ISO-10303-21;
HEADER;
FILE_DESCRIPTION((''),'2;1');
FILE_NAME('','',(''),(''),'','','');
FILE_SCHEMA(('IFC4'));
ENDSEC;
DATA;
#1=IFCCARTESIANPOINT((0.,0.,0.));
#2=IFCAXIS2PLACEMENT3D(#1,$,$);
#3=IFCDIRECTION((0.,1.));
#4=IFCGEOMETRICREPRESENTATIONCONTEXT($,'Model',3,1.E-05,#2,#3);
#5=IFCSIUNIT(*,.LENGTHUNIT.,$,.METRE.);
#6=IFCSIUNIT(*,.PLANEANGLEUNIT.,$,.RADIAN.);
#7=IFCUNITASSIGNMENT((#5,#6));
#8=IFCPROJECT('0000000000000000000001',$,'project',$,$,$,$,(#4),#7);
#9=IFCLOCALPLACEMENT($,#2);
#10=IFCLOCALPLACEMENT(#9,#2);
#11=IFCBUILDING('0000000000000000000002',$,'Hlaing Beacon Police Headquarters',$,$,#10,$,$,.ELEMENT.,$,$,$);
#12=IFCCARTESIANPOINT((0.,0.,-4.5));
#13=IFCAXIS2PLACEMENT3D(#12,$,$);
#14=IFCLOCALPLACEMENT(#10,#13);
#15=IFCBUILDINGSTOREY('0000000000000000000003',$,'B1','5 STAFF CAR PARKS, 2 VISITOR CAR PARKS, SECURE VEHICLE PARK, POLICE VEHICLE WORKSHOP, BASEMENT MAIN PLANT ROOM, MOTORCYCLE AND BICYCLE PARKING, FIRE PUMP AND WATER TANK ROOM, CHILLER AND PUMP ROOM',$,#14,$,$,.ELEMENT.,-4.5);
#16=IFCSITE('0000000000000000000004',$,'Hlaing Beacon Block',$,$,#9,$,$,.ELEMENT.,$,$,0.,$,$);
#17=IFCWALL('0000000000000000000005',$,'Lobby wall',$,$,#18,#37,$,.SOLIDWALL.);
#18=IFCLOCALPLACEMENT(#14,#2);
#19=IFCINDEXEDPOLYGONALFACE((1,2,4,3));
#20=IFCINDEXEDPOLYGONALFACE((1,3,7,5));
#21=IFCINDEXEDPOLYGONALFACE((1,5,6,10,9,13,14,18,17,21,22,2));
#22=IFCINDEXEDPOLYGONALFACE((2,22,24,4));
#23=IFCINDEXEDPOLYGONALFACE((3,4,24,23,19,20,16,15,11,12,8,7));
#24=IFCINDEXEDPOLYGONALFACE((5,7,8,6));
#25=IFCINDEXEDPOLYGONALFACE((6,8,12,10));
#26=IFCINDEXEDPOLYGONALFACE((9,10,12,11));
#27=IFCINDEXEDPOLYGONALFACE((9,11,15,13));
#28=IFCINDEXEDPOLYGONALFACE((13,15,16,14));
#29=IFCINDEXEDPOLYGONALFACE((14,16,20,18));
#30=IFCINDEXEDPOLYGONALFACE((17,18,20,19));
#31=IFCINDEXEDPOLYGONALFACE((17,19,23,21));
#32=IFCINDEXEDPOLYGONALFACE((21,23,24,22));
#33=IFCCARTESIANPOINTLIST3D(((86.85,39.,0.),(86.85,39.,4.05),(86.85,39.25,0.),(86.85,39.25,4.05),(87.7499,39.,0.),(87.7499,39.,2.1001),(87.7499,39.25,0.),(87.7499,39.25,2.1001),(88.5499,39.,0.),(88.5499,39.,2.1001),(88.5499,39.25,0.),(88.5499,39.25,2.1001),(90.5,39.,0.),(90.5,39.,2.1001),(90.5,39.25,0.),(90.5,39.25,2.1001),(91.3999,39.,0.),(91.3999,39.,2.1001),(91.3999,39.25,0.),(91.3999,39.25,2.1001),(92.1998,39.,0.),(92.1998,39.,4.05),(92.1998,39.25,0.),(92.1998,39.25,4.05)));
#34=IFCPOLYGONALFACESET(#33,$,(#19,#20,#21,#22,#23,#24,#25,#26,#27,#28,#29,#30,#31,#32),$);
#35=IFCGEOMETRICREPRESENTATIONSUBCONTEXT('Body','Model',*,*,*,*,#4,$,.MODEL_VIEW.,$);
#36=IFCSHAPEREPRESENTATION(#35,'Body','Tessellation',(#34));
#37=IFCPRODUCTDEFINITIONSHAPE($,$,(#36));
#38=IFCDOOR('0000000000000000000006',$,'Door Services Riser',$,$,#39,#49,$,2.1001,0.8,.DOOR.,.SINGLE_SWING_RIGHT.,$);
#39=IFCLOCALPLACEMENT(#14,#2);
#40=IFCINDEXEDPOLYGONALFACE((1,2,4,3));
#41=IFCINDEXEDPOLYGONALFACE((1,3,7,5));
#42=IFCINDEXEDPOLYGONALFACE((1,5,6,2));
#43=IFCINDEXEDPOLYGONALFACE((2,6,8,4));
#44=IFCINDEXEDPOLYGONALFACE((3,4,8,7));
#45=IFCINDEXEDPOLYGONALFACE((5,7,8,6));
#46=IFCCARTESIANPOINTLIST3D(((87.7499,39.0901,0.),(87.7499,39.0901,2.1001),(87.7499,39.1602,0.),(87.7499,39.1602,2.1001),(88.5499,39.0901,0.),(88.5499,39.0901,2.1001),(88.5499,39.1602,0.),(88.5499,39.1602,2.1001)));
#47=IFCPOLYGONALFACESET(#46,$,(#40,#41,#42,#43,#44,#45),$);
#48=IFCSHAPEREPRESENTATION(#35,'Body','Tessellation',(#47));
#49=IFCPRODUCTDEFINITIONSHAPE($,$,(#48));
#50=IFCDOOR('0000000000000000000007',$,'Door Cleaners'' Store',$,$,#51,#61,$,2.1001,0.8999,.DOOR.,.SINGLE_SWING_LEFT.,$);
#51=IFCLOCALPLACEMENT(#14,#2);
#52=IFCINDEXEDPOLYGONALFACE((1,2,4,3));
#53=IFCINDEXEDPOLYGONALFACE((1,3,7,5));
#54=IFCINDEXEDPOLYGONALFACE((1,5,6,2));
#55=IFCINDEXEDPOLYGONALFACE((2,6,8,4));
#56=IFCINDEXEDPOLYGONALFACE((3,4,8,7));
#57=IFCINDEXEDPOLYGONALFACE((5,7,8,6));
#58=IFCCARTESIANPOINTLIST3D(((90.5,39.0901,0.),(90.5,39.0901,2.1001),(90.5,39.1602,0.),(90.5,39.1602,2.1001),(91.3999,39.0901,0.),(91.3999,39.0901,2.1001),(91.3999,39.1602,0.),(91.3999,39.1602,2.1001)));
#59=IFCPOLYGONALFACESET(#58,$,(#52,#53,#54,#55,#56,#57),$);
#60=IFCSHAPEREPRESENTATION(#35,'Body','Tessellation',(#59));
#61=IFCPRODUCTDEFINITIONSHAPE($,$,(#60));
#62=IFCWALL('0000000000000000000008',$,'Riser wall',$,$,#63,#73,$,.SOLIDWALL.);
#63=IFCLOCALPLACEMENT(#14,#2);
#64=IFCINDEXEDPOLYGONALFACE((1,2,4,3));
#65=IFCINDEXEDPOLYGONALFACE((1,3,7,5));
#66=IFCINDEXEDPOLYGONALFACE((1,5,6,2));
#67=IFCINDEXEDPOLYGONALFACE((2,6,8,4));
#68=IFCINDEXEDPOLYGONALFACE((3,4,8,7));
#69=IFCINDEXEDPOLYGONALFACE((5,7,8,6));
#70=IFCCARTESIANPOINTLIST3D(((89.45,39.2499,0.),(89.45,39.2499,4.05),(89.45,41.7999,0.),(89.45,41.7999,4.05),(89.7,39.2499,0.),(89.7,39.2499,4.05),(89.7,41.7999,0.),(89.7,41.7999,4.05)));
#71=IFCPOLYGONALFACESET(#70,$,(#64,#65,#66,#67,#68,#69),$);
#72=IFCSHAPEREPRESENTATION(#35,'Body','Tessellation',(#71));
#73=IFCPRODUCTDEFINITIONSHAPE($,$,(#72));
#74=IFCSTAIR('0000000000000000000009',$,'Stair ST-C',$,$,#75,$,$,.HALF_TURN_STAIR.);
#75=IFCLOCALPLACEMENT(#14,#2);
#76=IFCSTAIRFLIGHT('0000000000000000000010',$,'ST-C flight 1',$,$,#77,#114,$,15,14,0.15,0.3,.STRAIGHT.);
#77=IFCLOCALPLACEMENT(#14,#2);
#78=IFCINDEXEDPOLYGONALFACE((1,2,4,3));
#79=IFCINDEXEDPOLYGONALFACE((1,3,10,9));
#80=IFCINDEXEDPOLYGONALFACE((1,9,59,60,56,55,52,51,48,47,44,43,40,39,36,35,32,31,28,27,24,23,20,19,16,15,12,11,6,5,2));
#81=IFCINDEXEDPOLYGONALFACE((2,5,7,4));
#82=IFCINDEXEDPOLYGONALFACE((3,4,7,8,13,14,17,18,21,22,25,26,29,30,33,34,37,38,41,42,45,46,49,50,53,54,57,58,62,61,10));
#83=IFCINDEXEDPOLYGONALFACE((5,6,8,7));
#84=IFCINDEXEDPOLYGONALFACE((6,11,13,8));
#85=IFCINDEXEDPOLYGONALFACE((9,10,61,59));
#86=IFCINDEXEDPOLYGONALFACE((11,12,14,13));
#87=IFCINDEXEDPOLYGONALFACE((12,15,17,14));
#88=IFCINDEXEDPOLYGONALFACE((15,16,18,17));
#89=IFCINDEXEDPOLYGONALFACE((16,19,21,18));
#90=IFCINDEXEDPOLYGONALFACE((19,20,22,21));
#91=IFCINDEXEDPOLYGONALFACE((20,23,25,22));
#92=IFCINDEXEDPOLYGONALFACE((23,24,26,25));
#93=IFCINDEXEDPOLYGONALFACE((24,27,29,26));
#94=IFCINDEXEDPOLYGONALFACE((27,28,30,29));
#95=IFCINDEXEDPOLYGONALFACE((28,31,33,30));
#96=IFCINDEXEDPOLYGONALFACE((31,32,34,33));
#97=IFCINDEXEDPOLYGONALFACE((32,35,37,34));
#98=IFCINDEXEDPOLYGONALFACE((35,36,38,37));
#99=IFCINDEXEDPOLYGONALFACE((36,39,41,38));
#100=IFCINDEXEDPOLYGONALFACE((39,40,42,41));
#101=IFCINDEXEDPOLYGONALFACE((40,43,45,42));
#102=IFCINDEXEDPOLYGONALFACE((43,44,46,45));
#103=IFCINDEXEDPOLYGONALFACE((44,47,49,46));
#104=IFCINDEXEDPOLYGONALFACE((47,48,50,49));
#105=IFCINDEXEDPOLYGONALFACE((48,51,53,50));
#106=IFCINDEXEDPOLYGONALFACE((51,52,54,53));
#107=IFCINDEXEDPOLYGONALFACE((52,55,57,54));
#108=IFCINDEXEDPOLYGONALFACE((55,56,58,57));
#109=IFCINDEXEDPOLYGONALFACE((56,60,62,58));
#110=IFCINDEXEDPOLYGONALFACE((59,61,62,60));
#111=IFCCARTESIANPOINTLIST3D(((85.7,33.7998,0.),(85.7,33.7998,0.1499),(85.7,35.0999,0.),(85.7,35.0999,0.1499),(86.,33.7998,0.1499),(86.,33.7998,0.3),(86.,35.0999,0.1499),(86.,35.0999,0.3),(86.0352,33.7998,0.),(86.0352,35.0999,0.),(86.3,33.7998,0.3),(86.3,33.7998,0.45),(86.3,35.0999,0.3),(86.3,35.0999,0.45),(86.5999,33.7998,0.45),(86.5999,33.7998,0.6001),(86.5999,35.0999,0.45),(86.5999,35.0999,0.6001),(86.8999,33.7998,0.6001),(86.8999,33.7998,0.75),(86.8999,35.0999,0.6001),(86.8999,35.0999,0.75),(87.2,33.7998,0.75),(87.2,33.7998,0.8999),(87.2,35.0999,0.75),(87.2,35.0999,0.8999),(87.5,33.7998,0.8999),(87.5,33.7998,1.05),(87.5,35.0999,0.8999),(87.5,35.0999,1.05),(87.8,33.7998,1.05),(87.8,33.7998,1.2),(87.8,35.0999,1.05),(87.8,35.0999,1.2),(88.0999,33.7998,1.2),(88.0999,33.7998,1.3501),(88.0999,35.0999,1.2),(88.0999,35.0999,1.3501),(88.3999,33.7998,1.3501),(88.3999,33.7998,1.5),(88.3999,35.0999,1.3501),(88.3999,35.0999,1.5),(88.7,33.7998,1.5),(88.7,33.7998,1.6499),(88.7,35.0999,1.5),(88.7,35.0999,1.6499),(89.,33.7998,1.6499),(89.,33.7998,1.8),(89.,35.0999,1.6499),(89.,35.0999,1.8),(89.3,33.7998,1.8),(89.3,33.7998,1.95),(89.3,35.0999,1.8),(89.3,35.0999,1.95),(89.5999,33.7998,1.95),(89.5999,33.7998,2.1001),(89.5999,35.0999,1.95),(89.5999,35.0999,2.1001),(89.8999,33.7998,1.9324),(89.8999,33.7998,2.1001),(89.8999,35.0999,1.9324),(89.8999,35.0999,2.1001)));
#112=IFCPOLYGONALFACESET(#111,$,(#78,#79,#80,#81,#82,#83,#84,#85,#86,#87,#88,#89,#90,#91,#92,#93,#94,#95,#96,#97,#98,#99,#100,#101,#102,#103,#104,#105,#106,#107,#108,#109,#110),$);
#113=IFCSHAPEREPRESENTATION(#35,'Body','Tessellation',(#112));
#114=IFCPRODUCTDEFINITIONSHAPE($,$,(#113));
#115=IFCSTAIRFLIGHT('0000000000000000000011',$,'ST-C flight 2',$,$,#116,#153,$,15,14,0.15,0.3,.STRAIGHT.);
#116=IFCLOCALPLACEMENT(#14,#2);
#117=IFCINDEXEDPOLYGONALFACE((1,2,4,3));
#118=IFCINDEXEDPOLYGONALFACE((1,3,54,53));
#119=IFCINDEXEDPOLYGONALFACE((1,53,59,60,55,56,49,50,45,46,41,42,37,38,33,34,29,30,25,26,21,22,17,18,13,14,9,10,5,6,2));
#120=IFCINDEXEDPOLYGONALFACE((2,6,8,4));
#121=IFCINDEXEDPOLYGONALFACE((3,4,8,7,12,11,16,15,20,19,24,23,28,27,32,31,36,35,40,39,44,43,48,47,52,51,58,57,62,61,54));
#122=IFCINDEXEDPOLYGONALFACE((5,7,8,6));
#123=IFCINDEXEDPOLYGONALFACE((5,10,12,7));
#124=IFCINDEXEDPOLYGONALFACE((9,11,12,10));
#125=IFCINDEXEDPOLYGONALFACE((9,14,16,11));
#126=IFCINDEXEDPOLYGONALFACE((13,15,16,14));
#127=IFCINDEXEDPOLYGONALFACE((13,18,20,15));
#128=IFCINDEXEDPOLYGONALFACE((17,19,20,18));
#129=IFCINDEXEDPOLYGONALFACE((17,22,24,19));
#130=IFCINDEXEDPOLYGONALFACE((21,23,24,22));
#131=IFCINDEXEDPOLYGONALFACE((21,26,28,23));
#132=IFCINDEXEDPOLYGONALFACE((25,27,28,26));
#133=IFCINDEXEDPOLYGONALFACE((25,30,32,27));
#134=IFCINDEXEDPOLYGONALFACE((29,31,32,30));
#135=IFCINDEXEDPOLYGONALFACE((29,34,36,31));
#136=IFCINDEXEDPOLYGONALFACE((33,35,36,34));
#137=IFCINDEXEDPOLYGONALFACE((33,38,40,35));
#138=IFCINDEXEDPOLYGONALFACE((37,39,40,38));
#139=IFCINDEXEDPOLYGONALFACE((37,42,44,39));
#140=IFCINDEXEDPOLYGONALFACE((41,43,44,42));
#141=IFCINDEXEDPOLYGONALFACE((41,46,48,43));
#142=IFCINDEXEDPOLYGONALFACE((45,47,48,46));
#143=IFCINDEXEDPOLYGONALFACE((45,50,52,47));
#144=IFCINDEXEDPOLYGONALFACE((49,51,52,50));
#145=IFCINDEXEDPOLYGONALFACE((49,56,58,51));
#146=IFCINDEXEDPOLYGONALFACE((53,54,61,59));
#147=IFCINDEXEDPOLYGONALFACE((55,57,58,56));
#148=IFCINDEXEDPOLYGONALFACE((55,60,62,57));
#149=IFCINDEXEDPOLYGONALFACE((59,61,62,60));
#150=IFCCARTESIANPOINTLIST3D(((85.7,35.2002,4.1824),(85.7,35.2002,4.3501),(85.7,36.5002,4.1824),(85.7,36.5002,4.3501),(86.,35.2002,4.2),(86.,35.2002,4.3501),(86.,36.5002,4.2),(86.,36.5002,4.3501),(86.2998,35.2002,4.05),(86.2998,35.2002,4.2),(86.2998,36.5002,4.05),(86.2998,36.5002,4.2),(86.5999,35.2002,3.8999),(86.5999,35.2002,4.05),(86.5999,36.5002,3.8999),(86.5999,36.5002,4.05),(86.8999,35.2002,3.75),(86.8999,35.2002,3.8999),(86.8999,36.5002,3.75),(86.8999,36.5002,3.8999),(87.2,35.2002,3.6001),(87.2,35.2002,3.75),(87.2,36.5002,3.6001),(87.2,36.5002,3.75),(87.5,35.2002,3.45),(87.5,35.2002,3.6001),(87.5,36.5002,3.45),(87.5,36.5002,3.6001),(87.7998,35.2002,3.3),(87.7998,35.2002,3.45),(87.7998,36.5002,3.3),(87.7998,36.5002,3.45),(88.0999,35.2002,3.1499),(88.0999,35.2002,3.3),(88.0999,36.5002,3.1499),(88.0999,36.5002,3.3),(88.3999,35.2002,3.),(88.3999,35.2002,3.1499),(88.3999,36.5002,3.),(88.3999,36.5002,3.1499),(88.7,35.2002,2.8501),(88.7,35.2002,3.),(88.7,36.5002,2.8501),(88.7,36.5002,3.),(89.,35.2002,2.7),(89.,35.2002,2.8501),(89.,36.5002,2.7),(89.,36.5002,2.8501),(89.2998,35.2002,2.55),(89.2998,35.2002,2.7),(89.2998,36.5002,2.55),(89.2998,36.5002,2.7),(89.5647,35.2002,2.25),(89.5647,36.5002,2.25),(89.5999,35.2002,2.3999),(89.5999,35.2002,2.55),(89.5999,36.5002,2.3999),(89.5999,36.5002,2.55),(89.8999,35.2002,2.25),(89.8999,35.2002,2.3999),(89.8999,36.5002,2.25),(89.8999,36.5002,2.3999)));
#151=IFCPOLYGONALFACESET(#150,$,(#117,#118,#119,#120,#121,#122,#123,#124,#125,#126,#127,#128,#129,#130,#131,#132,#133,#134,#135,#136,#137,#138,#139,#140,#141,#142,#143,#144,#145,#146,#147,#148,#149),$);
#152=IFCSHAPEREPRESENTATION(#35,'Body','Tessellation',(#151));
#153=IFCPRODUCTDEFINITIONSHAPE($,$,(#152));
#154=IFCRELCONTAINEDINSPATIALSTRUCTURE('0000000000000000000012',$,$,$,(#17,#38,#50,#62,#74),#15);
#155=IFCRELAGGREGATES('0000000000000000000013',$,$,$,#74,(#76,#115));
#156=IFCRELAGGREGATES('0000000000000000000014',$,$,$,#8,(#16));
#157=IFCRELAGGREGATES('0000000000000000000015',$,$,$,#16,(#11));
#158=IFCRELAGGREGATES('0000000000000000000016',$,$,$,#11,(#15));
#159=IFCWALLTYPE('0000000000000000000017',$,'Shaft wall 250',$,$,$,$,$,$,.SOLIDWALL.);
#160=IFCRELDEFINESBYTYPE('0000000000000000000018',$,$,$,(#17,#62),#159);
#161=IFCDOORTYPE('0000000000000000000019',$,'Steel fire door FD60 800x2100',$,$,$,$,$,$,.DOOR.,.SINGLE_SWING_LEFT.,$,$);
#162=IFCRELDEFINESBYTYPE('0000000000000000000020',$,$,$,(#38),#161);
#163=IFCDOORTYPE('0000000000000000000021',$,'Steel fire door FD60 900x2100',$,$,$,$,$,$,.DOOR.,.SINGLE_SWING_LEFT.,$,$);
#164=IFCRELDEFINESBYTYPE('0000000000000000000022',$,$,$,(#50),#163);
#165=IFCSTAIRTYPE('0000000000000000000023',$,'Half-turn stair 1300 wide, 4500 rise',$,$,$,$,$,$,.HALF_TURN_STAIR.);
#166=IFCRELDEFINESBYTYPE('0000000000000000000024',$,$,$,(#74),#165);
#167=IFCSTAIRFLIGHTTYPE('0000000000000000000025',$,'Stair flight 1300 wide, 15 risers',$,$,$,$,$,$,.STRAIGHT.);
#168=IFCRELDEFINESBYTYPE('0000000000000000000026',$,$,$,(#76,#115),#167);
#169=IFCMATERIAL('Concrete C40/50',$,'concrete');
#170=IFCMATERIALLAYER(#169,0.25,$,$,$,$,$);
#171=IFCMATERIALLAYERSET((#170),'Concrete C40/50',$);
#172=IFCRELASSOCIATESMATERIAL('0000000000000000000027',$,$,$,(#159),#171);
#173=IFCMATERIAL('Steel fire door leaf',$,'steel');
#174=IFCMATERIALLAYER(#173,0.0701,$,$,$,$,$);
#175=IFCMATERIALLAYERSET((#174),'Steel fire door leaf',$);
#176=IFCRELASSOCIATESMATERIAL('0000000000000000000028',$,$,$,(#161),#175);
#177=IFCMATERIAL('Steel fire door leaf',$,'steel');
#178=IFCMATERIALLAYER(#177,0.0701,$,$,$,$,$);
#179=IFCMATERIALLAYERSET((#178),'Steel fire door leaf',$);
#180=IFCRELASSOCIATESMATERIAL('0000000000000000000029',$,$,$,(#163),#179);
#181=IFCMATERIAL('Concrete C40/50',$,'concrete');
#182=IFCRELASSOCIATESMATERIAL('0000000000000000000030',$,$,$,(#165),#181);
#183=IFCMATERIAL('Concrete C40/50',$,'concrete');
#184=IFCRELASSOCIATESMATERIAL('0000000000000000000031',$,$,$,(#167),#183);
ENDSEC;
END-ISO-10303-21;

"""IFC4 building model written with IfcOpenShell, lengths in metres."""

from ifc_helpers import new_model, si_unit, direction, frame, frame_2d, origin, place, context, subcontext, project, spatial, polyline, rectangle, outline, extrude, material, layer, layer_set, type_object, element, fill, aggregate, save


model = new_model("IFC4")

# Units and contexts
model_context = context("Model", 3, precision=1e-05, world=origin(), true_north=direction((0.0, 1.0)))
body_context = subcontext(model_context, "Body", "Model", "MODEL_VIEW")
ifc_project = project(units=[si_unit("LENGTHUNIT", "METRE"), si_unit("PLANEANGLEUNIT", "RADIAN")], contexts=[model_context])

# Site, building, storey
site_placement = place(None, origin())
site = spatial("IfcSite", under=ifc_project, at=site_placement, Name="Hlaing Beacon Block", CompositionType="ELEMENT", RefElevation=0.0)
building_placement = place(site_placement, origin())
building = spatial("IfcBuilding", under=site, at=building_placement, Name="Hlaing Beacon Police Headquarters", CompositionType="ELEMENT")
storey_placement = place(building_placement, frame((0.0, 0.0, -4.5)))
storey = spatial("IfcBuildingStorey", under=building, at=storey_placement, Name="B1", Description="5 STAFF CAR PARKS, 2 VISITOR CAR PARKS, SECURE VEHICLE PARK, POLICE VEHICLE WORKSHOP, BASEMENT MAIN PLANT ROOM, MOTORCYCLE AND BICYCLE PARKING, FIRE PUMP AND WATER TANK ROOM, CHILLER AND PUMP ROOM", CompositionType="ELEMENT", Elevation=-4.5)

# Shared definitions
ifc_material_1 = material(Name="Concrete C40/50", Category="concrete")
ifc_layer_1 = layer(ifc_material_1, 0.25)
ifc_layer_set_1 = layer_set([ifc_layer_1], Name="Concrete C40/50")
wall_type_1 = type_object("IfcWallType", Name="Shaft wall 250", PredefinedType="SOLIDWALL", material=ifc_layer_set_1)

# Wall, openings, doors
wall_1_placement = place(storey_placement, frame((86.8501, 39.125, 0.0), z_axis=(0.0, 0.0, 1.0), x_axis=(1.0, 0.0, 0.0)))
wall_1 = element("IfcWall", 1, at=wall_1_placement, inside=storey, type_object=wall_type_1, Name="Lobby wall", PredefinedType="SOLIDWALL", context=body_context, shape_type="SweptSolid", body=[
    extrude(rectangle(XDim=5.3499, YDim=0.25, at=frame_2d((2.6748, 0.0))), origin(), (0.0, 0.0, 1.0), 4.05),
])
opening_1_placement = place(wall_1_placement, frame((3.6499, 0.0, 0.0)))
opening_1 = element("IfcOpeningElement", 2, at=opening_1_placement, cuts=wall_1, PredefinedType="OPENING", context=body_context, shape_type="SweptSolid", body=[
    extrude(rectangle(XDim=0.8999, YDim=2.1001, at=frame_2d((0.45, 1.05))), frame((0.0, 0.135, 0.0), z_axis=(0.0, -1.0, 0.0), x_axis=(1.0, 0.0, 0.0)), (0.0, 0.0, 1.0), 0.27),
])
opening_2_placement = place(wall_1_placement, frame((0.8999, 0.0, 0.0)))
opening_2 = element("IfcOpeningElement", 3, at=opening_2_placement, cuts=wall_1, PredefinedType="OPENING", context=body_context, shape_type="SweptSolid", body=[
    extrude(rectangle(XDim=0.8, YDim=2.1001, at=frame_2d((0.3999, 1.05))), frame((0.0, 0.135, 0.0), z_axis=(0.0, -1.0, 0.0), x_axis=(1.0, 0.0, 0.0)), (0.0, 0.0, 1.0), 0.27),
])
ifc_material_2 = material(Name="Steel fire door leaf", Category="steel")
ifc_layer_2 = layer(ifc_material_2, 0.0701)
ifc_layer_set_2 = layer_set([ifc_layer_2], Name="Steel fire door leaf")
door_type_1 = type_object("IfcDoorType", Name="Steel fire door FD60 800x2100", OperationType="SINGLE_SWING_LEFT", PredefinedType="DOOR", material=ifc_layer_set_2)
door_1_placement = place(opening_2_placement, origin())
door_1 = element("IfcDoor", 4, at=door_1_placement, inside=storey, type_object=door_type_1, Name="Door Services Riser", OperationType="SINGLE_SWING_RIGHT", OverallHeight=2.1001, OverallWidth=0.8, PredefinedType="DOOR", context=body_context, shape_type="SweptSolid", body=[
    extrude(rectangle(XDim=0.8, YDim=2.1001, at=frame_2d((0.3999, 1.05))), frame((0.0, 0.0352, 0.0), z_axis=(0.0, -1.0, 0.0), x_axis=(1.0, 0.0, 0.0)), (0.0, 0.0, 1.0), 0.0701),
])
fill(opening_2, door_1)
ifc_material_3 = material(Name="Steel fire door leaf", Category="steel")
ifc_layer_3 = layer(ifc_material_3, 0.0701)
ifc_layer_set_3 = layer_set([ifc_layer_3], Name="Steel fire door leaf")
door_type_2 = type_object("IfcDoorType", Name="Steel fire door FD60 900x2100", OperationType="SINGLE_SWING_LEFT", PredefinedType="DOOR", material=ifc_layer_set_3)
door_2_placement = place(opening_1_placement, origin())
door_2 = element("IfcDoor", 5, at=door_2_placement, inside=storey, type_object=door_type_2, Name="Door Cleaners' Store", OperationType="SINGLE_SWING_LEFT", OverallHeight=2.1001, OverallWidth=0.8999, PredefinedType="DOOR", context=body_context, shape_type="SweptSolid", body=[
    extrude(rectangle(XDim=0.8999, YDim=2.1001, at=frame_2d((0.45, 1.05))), frame((0.0, 0.0352, 0.0), z_axis=(0.0, -1.0, 0.0), x_axis=(1.0, 0.0, 0.0)), (0.0, 0.0, 1.0), 0.0701),
])
fill(opening_1, door_2)

# Wall
wall_2_placement = place(storey_placement, frame((89.575, 39.25, 0.0), z_axis=(0.0, 0.0, 1.0), x_axis=(0.0, 1.0, 0.0)))
element("IfcWall", 6, at=wall_2_placement, inside=storey, type_object=wall_type_1, Name="Riser wall", PredefinedType="SOLIDWALL", context=body_context, shape_type="SweptSolid", body=[
    extrude(rectangle(XDim=2.55, YDim=0.25, at=frame_2d((1.2749, 0.0))), origin(), (0.0, 0.0, 1.0), 4.05),
])

# Stair, stair flights
ifc_material_4 = material(Name="Concrete C40/50", Category="concrete")
stair_type = type_object("IfcStairType", Name="Half-turn stair 1300 wide, 4500 rise", PredefinedType="HALF_TURN_STAIR", material=ifc_material_4)
stair_placement = place(storey_placement, origin())
stair = element("IfcStair", 7, at=stair_placement, inside=storey, type_object=stair_type, Name="Stair ST-C", PredefinedType="HALF_TURN_STAIR")
ifc_material_5 = material(Name="Concrete C40/50", Category="concrete")
stair_flight_type = type_object("IfcStairFlightType", Name="Stair flight 1300 wide, 15 risers", PredefinedType="STRAIGHT", material=ifc_material_5)
stair_flight_1_placement = place(storey_placement, frame((85.7, 34.45, 0.0), z_axis=(0.0, 0.0, 1.0), x_axis=(1.0, 0.0, 0.0)))
stair_flight_1 = element("IfcStairFlight", 8, at=stair_flight_1_placement, type_object=stair_flight_type, Name="ST-C flight 1", NumberOfRisers=15, NumberOfTreads=14, PredefinedType="STRAIGHT", RiserHeight=0.15, TreadLength=0.3, context=body_context, shape_type="SweptSolid", body=[
    extrude(outline(polyline([(0.0, 0.0), (0.0, 0.1499), (0.3, 0.1499), (0.3, 0.3), (0.6001, 0.3), (0.6001, 0.45), (0.8999, 0.45), (0.8999, 0.6001), (1.2, 0.6001), (1.2, 0.75), (1.5, 0.75), (1.5, 0.8999), (1.8, 0.8999), (1.8, 1.05), (2.1001, 1.05), (2.1001, 1.2), (2.3999, 1.2), (2.3999, 1.3501), (2.7, 1.3501), (2.7, 1.5), (3.0, 1.5), (3.0, 1.6499), (3.3, 1.6499), (3.3, 1.8), (3.6001, 1.8), (3.6001, 1.95), (3.8999, 1.95), (3.8999, 2.1001), (4.2, 2.1001), (4.2, 2.25), (4.2, 1.9324), (0.3352, 0.0), (0.0, 0.0)])), frame((0.0, 0.6499, 0.0), z_axis=(0.0, -1.0, 0.0), x_axis=(1.0, 0.0, 0.0)), (0.0, 0.0, 1.0), 1.3),
])
stair_flight_2_placement = place(storey_placement, frame((89.8999, 35.8501, 2.25), z_axis=(0.0, 0.0, 1.0), x_axis=(-1.0, 0.0, 0.0)))
stair_flight_2 = element("IfcStairFlight", 9, at=stair_flight_2_placement, type_object=stair_flight_type, Name="ST-C flight 2", NumberOfRisers=15, NumberOfTreads=14, PredefinedType="STRAIGHT", RiserHeight=0.15, TreadLength=0.3, context=body_context, shape_type="SweptSolid", body=[
    extrude(outline(polyline([(0.0, 0.0), (0.0, 0.1499), (0.3, 0.1499), (0.3, 0.3), (0.6001, 0.3), (0.6001, 0.45), (0.8999, 0.45), (0.8999, 0.6001), (1.2, 0.6001), (1.2, 0.75), (1.5, 0.75), (1.5, 0.8999), (1.8, 0.8999), (1.8, 1.05), (2.1001, 1.05), (2.1001, 1.2), (2.3999, 1.2), (2.3999, 1.3501), (2.7, 1.3501), (2.7, 1.5), (3.0, 1.5), (3.0, 1.6499), (3.3, 1.6499), (3.3, 1.8), (3.6001, 1.8), (3.6001, 1.95), (3.8999, 1.95), (3.8999, 2.1001), (4.2, 2.1001), (4.2, 2.25), (4.2, 1.9324), (0.3352, 0.0), (0.0, 0.0)])), frame((0.0, 0.6499, 0.0), z_axis=(0.0, -1.0, 0.0), x_axis=(1.0, 0.0, 0.0)), (0.0, 0.0, 1.0), 1.3),
])
aggregate(stair, [stair_flight_1, stair_flight_2])

save(model, "model.ifc")
